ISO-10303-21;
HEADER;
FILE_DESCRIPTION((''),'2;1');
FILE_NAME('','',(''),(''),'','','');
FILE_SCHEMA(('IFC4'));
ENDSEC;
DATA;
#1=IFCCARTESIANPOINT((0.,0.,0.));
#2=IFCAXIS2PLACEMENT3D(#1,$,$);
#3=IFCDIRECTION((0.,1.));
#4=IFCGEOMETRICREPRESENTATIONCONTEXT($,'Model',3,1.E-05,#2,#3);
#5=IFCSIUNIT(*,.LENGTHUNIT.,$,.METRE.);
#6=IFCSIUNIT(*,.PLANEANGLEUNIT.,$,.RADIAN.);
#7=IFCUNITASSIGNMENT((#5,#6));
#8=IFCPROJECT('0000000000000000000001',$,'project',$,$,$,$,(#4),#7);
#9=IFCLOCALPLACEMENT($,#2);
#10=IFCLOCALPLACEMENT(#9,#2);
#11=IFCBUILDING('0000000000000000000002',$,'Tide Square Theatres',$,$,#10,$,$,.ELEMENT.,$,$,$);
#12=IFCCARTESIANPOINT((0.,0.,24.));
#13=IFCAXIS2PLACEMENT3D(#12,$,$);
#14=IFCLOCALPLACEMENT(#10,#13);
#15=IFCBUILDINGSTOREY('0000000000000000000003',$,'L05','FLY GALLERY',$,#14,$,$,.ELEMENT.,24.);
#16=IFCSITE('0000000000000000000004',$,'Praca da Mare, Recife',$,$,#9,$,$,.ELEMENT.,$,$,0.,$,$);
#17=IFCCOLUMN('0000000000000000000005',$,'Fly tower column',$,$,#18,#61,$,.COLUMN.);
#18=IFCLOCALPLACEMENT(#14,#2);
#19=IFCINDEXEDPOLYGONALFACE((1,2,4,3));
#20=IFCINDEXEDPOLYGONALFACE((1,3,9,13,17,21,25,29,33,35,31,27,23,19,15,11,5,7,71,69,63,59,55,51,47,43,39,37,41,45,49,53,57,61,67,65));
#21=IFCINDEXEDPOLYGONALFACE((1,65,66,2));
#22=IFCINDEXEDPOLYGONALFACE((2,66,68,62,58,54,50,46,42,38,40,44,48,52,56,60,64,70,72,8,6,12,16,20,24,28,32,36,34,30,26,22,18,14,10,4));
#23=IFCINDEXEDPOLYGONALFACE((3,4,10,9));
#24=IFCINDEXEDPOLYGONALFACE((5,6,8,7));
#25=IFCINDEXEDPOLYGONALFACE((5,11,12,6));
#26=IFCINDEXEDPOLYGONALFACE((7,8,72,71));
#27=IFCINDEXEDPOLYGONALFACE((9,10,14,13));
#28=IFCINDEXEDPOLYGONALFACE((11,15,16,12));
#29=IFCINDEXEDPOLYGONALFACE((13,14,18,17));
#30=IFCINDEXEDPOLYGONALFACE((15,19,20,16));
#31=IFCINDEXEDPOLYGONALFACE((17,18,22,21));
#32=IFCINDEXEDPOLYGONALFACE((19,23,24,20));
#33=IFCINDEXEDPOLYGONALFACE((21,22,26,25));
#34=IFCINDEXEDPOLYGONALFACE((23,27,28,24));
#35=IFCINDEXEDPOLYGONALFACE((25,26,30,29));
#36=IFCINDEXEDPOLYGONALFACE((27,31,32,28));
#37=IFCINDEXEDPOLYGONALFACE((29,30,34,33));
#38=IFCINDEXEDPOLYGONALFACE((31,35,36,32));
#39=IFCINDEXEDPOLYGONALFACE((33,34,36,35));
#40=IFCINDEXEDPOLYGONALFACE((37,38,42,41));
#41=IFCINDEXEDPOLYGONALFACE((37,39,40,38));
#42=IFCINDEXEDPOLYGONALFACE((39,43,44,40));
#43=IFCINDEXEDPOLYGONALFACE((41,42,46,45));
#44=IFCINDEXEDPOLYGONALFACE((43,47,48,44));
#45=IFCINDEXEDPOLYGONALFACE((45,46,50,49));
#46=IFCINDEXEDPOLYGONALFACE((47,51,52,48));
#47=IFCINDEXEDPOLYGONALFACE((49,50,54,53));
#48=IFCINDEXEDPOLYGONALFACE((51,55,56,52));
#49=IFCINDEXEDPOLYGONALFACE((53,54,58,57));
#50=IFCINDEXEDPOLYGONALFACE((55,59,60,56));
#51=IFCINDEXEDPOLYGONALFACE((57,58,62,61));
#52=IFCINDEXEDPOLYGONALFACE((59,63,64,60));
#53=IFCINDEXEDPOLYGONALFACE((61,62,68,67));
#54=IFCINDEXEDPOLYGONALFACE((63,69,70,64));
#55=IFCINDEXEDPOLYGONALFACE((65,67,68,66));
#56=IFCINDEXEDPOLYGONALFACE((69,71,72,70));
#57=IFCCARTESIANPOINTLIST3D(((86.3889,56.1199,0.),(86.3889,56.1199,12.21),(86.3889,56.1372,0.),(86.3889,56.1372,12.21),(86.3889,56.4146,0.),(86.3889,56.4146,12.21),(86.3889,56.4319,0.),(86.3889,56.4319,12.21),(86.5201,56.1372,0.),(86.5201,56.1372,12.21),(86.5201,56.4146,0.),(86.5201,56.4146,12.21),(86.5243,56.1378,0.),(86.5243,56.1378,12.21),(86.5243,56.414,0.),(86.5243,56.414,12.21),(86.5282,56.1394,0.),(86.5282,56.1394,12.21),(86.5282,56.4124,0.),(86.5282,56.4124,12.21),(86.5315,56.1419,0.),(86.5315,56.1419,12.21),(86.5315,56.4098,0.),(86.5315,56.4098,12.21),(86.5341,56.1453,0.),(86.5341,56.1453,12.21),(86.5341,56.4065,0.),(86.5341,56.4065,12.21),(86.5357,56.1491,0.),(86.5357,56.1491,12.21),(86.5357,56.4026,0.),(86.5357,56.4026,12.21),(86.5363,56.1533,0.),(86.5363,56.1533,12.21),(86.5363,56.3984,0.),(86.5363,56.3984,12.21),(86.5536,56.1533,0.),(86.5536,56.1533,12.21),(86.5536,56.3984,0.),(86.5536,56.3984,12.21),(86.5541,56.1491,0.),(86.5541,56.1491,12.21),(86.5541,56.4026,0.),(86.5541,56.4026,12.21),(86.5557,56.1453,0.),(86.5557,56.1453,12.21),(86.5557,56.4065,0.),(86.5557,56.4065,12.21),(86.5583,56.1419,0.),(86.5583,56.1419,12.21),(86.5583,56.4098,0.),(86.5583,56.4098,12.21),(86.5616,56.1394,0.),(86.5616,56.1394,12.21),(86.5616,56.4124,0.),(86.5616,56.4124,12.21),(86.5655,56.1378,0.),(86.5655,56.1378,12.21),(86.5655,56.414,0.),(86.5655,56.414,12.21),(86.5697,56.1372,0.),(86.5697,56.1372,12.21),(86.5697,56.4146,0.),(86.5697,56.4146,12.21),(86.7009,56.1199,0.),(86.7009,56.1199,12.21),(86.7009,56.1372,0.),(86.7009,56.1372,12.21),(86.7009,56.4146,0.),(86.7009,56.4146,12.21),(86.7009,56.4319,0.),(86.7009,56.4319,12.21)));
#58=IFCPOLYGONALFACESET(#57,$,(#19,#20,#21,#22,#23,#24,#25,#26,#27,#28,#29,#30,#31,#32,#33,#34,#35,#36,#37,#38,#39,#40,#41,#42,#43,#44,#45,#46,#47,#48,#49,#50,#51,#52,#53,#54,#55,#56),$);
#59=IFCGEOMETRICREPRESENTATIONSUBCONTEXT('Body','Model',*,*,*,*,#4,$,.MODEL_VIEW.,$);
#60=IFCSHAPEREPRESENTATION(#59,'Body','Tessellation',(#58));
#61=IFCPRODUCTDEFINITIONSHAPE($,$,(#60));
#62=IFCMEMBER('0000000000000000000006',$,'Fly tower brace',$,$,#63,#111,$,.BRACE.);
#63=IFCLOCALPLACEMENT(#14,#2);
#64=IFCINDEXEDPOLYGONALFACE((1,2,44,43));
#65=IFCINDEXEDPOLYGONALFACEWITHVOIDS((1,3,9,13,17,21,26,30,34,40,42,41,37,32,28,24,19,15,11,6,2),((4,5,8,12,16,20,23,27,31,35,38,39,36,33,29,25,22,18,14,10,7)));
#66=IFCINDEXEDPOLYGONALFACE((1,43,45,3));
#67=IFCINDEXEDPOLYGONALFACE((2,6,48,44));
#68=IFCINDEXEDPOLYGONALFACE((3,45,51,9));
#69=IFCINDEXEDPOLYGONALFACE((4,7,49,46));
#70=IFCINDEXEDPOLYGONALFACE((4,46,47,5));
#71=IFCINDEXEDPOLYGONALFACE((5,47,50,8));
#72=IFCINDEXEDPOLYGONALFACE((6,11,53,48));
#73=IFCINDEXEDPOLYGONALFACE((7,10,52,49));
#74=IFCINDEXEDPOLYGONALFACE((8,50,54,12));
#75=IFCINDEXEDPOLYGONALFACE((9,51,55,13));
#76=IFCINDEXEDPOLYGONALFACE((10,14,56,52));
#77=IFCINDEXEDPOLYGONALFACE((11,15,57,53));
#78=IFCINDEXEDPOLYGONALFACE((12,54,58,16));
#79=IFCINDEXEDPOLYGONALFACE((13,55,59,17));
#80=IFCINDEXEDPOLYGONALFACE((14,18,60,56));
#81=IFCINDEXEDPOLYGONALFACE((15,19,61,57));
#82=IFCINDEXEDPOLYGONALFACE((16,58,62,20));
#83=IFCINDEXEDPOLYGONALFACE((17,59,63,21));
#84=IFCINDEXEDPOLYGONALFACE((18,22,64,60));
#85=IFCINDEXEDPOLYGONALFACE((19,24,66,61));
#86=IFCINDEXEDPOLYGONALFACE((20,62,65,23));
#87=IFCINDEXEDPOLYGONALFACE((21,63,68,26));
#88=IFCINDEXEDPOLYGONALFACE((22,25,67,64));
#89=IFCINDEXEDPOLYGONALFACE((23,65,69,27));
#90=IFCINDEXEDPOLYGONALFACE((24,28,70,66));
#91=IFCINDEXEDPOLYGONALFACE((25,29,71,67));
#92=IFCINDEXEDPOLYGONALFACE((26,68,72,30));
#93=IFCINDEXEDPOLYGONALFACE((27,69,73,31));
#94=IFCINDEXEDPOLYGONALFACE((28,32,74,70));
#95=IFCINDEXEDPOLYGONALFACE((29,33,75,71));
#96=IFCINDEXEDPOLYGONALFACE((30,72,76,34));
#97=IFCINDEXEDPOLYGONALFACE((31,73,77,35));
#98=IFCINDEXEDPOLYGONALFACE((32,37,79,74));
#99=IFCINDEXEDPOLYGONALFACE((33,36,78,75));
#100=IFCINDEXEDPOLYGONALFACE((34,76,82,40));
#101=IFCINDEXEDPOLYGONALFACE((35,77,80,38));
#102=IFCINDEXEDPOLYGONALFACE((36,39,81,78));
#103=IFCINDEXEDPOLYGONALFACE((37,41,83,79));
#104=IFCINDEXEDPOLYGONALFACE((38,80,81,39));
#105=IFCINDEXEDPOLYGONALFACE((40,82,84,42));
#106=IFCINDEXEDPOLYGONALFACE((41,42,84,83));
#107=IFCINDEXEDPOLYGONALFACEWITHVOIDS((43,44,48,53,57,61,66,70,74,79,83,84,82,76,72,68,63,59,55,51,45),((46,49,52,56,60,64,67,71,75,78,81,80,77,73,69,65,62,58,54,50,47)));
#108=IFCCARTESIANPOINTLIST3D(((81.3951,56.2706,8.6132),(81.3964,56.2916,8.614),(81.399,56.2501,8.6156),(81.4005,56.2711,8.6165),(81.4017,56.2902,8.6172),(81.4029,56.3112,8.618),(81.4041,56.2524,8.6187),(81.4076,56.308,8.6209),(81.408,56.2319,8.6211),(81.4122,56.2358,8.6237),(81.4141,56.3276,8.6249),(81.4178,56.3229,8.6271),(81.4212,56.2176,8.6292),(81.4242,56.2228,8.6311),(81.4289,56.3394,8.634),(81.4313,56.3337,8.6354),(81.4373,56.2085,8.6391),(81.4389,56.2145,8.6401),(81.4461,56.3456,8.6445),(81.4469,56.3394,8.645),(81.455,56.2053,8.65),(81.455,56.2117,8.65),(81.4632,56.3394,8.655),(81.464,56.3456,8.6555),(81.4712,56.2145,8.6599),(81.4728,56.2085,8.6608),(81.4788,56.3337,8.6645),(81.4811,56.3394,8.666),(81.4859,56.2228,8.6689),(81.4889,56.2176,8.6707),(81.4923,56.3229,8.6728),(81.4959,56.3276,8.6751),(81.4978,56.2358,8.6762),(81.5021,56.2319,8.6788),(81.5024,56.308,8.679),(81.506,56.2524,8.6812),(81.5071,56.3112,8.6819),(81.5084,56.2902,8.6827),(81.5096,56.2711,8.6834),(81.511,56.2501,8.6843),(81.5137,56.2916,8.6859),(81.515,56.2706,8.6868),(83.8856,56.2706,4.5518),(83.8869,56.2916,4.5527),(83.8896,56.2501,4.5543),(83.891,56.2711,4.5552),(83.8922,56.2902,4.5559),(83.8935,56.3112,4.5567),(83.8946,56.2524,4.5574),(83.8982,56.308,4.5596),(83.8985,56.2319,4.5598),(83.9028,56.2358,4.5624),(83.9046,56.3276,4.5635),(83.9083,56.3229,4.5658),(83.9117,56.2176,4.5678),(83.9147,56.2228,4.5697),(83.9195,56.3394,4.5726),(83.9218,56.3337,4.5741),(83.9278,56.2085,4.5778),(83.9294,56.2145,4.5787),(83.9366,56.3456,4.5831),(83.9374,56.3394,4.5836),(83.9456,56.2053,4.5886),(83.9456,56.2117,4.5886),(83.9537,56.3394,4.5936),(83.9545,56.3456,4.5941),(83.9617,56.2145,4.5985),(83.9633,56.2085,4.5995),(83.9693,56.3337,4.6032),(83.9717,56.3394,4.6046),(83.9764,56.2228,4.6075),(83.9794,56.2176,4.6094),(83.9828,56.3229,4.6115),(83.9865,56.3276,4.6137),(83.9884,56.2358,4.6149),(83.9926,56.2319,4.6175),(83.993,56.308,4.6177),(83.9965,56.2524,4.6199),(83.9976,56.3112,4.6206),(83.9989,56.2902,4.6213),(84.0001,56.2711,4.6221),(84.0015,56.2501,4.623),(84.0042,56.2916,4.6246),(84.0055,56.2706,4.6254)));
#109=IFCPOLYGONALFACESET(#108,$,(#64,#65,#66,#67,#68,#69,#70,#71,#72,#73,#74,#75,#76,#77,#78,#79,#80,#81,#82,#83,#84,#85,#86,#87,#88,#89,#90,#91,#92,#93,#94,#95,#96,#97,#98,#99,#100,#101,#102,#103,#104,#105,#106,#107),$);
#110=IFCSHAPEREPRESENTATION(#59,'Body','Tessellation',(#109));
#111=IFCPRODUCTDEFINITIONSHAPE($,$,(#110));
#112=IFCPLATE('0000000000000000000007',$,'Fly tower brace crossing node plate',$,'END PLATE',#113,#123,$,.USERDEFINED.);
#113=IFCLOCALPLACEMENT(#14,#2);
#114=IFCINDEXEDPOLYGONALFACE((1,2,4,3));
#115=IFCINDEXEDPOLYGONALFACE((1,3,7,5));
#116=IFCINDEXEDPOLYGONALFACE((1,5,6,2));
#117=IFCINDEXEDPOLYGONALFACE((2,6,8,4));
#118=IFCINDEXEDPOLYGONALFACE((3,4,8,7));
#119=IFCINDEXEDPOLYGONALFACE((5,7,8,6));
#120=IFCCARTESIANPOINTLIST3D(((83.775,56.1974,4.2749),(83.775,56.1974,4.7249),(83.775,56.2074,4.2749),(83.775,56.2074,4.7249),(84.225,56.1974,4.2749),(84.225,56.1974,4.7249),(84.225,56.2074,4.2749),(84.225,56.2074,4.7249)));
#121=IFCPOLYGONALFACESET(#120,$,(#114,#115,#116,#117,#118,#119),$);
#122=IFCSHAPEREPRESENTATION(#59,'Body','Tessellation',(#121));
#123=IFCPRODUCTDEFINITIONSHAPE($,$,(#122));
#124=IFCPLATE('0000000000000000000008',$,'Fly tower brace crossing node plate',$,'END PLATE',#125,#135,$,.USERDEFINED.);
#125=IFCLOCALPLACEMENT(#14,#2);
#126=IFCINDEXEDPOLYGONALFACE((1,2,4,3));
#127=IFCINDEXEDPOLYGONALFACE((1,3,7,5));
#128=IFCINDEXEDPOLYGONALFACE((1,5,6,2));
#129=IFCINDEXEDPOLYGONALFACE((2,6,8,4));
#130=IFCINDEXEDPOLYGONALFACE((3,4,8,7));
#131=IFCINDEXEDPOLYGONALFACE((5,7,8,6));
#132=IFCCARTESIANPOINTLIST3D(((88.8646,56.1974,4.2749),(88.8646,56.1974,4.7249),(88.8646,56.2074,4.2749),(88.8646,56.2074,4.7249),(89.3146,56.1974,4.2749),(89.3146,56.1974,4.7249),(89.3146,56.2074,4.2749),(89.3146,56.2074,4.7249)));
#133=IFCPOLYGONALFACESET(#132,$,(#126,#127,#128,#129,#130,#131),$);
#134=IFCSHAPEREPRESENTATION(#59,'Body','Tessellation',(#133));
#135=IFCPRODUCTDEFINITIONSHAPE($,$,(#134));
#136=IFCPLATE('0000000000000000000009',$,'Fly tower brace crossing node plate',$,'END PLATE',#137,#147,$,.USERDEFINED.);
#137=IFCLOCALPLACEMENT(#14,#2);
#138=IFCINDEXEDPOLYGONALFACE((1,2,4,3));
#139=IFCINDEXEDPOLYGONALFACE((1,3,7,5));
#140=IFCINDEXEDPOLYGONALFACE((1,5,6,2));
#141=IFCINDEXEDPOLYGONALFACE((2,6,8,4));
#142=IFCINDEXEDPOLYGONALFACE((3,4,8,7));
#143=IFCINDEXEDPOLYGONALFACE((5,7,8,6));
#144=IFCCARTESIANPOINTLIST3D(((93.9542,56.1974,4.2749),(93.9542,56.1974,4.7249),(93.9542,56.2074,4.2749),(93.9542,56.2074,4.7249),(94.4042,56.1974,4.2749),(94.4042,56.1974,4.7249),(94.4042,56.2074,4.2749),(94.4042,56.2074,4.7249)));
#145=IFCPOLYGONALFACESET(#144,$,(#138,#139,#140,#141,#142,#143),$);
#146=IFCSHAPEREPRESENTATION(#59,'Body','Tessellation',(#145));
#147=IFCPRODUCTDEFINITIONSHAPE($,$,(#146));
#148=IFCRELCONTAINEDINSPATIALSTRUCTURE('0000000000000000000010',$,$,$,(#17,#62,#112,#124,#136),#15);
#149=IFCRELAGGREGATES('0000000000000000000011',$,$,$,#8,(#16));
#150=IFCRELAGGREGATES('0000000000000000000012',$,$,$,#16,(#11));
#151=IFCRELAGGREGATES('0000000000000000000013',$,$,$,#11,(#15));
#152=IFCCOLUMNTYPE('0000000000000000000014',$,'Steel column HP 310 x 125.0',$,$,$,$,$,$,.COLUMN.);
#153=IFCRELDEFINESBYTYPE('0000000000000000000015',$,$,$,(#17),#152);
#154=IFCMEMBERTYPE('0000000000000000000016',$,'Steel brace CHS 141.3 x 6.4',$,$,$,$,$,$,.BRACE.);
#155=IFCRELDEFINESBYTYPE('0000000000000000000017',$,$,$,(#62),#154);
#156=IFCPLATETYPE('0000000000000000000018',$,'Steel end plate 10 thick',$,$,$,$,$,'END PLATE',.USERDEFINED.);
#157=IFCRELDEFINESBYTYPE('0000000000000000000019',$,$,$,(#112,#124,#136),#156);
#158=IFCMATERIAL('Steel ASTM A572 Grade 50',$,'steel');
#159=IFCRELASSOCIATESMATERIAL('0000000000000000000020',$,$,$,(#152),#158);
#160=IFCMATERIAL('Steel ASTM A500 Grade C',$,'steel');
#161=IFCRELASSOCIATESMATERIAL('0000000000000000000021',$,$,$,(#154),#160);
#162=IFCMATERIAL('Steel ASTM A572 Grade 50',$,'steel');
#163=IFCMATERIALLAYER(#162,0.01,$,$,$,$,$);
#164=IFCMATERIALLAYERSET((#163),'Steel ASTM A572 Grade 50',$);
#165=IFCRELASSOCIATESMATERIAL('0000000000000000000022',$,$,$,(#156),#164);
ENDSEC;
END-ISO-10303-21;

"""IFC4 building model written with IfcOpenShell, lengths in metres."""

from ifc_helpers import new_model, si_unit, direction, frame, origin, origin_2d, place, context, subcontext, project, spatial, rectangle, hollow_circle, i_section, extrude, material, layer, layer_set, material_profile, profile_set, type_object, element, save


model = new_model("IFC4")

# Units and contexts
model_context = context("Model", 3, precision=1e-05, world=origin(), true_north=direction((0.0, 1.0)))
body_context = subcontext(model_context, "Body", "Model", "MODEL_VIEW")
ifc_project = project(units=[si_unit("LENGTHUNIT", "METRE"), si_unit("PLANEANGLEUNIT", "RADIAN")], contexts=[model_context])

# Site, building, storey
site_placement = place(None, origin())
site = spatial("IfcSite", under=ifc_project, at=site_placement, Name="Praca da Mare, Recife", CompositionType="ELEMENT", RefElevation=0.0)
building_placement = place(site_placement, origin())
building = spatial("IfcBuilding", under=site, at=building_placement, Name="Tide Square Theatres", CompositionType="ELEMENT")
storey_placement = place(building_placement, frame((0.0, 0.0, 24.0)))
storey = spatial("IfcBuildingStorey", under=building, at=storey_placement, Name="L05", Description="FLY GALLERY", CompositionType="ELEMENT", Elevation=24.0)

# Column
ifc_material_1 = material(Name="Steel ASTM A572 Grade 50", Category="steel")
ifc_material_profile_1 = material_profile(ifc_material_1, i_section(OverallWidth=0.312, OverallDepth=0.312, WebThickness=0.0173, FlangeThickness=0.0173, FilletRadius=0.0161, at=origin_2d()))
ifc_profile_set_1 = profile_set([ifc_material_profile_1], Name="Steel ASTM A572 Grade 50")
column_type = type_object("IfcColumnType", Name="Steel column HP 310 x 125.0", PredefinedType="COLUMN", material=ifc_profile_set_1)
column_placement = place(storey_placement, frame((86.5449, 56.2759, 0.0), z_axis=(0.0, 0.0, 1.0), x_axis=(1.0, 0.0, 0.0)))
element("IfcColumn", 1, at=column_placement, inside=storey, type_object=column_type, Name="Fly tower column", PredefinedType="COLUMN", context=body_context, shape_type="SweptSolid", body=[
    extrude(i_section(OverallWidth=0.312, OverallDepth=0.312, WebThickness=0.0173, FlangeThickness=0.0173, FilletRadius=0.0161, at=origin_2d()), origin(), (0.0, 0.0, 1.0), 12.21),
])

# Member
ifc_material_2 = material(Name="Steel ASTM A500 Grade C", Category="steel")
ifc_material_profile_2 = material_profile(ifc_material_2, hollow_circle(Radius=0.0706, WallThickness=0.0063, at=origin_2d()))
ifc_profile_set_2 = profile_set([ifc_material_profile_2], Name="Steel ASTM A500 Grade C")
member_type = type_object("IfcMemberType", Name="Steel brace CHS 141.3 x 6.4", PredefinedType="BRACE", material=ifc_profile_set_2)
member_placement = place(storey_placement, frame((83.9456, 56.2759, 4.5886), z_axis=(-0.522762, 0.0, 0.852479), x_axis=(0.0, -1.0, 0.0)))
element("IfcMember", 2, at=member_placement, inside=storey, type_object=member_type, Name="Fly tower brace", PredefinedType="BRACE", context=body_context, shape_type="SweptSolid", body=[
    extrude(hollow_circle(Radius=0.0706, WallThickness=0.0063, at=origin_2d()), origin(), (0.0, 0.0, 1.0), 4.7642),
])

# Plates
ifc_material_3 = material(Name="Steel ASTM A572 Grade 50", Category="steel")
ifc_layer_1 = layer(ifc_material_3, 0.01)
ifc_layer_set_1 = layer_set([ifc_layer_1], Name="Steel ASTM A572 Grade 50")
plate_type = type_object("IfcPlateType", Name="Steel end plate 10 thick", ElementType="END PLATE", PredefinedType="USERDEFINED", material=ifc_layer_set_1)
for number, where, z_axis, x_axis, name in (
    (3, (84.0, 56.2024, 4.2749), (0.0, 0.0, 1.0), (0.0, -1.0, 0.0), "Fly tower brace crossing node plate"),
    (4, (89.0896, 56.2024, 4.2749), (0.0, 0.0, 1.0), (0.0, -1.0, 0.0), "Fly tower brace crossing node plate"),
    (5, (94.1792, 56.2024, 4.2749), (0.0, 0.0, 1.0), (0.0, -1.0, 0.0), "Fly tower brace crossing node plate"),
):
    element("IfcPlate", number, at=place(storey_placement, frame(where, z_axis=z_axis, x_axis=x_axis)), inside=storey, type_object=plate_type, Name=name, ObjectType="END PLATE", PredefinedType="USERDEFINED", context=body_context, shape_type="SweptSolid", body=[
        extrude(rectangle(XDim=0.01, YDim=0.45, at=origin_2d()), origin(), (0.0, 0.0, 1.0), 0.45),
    ])

save(model, "model.ifc")
